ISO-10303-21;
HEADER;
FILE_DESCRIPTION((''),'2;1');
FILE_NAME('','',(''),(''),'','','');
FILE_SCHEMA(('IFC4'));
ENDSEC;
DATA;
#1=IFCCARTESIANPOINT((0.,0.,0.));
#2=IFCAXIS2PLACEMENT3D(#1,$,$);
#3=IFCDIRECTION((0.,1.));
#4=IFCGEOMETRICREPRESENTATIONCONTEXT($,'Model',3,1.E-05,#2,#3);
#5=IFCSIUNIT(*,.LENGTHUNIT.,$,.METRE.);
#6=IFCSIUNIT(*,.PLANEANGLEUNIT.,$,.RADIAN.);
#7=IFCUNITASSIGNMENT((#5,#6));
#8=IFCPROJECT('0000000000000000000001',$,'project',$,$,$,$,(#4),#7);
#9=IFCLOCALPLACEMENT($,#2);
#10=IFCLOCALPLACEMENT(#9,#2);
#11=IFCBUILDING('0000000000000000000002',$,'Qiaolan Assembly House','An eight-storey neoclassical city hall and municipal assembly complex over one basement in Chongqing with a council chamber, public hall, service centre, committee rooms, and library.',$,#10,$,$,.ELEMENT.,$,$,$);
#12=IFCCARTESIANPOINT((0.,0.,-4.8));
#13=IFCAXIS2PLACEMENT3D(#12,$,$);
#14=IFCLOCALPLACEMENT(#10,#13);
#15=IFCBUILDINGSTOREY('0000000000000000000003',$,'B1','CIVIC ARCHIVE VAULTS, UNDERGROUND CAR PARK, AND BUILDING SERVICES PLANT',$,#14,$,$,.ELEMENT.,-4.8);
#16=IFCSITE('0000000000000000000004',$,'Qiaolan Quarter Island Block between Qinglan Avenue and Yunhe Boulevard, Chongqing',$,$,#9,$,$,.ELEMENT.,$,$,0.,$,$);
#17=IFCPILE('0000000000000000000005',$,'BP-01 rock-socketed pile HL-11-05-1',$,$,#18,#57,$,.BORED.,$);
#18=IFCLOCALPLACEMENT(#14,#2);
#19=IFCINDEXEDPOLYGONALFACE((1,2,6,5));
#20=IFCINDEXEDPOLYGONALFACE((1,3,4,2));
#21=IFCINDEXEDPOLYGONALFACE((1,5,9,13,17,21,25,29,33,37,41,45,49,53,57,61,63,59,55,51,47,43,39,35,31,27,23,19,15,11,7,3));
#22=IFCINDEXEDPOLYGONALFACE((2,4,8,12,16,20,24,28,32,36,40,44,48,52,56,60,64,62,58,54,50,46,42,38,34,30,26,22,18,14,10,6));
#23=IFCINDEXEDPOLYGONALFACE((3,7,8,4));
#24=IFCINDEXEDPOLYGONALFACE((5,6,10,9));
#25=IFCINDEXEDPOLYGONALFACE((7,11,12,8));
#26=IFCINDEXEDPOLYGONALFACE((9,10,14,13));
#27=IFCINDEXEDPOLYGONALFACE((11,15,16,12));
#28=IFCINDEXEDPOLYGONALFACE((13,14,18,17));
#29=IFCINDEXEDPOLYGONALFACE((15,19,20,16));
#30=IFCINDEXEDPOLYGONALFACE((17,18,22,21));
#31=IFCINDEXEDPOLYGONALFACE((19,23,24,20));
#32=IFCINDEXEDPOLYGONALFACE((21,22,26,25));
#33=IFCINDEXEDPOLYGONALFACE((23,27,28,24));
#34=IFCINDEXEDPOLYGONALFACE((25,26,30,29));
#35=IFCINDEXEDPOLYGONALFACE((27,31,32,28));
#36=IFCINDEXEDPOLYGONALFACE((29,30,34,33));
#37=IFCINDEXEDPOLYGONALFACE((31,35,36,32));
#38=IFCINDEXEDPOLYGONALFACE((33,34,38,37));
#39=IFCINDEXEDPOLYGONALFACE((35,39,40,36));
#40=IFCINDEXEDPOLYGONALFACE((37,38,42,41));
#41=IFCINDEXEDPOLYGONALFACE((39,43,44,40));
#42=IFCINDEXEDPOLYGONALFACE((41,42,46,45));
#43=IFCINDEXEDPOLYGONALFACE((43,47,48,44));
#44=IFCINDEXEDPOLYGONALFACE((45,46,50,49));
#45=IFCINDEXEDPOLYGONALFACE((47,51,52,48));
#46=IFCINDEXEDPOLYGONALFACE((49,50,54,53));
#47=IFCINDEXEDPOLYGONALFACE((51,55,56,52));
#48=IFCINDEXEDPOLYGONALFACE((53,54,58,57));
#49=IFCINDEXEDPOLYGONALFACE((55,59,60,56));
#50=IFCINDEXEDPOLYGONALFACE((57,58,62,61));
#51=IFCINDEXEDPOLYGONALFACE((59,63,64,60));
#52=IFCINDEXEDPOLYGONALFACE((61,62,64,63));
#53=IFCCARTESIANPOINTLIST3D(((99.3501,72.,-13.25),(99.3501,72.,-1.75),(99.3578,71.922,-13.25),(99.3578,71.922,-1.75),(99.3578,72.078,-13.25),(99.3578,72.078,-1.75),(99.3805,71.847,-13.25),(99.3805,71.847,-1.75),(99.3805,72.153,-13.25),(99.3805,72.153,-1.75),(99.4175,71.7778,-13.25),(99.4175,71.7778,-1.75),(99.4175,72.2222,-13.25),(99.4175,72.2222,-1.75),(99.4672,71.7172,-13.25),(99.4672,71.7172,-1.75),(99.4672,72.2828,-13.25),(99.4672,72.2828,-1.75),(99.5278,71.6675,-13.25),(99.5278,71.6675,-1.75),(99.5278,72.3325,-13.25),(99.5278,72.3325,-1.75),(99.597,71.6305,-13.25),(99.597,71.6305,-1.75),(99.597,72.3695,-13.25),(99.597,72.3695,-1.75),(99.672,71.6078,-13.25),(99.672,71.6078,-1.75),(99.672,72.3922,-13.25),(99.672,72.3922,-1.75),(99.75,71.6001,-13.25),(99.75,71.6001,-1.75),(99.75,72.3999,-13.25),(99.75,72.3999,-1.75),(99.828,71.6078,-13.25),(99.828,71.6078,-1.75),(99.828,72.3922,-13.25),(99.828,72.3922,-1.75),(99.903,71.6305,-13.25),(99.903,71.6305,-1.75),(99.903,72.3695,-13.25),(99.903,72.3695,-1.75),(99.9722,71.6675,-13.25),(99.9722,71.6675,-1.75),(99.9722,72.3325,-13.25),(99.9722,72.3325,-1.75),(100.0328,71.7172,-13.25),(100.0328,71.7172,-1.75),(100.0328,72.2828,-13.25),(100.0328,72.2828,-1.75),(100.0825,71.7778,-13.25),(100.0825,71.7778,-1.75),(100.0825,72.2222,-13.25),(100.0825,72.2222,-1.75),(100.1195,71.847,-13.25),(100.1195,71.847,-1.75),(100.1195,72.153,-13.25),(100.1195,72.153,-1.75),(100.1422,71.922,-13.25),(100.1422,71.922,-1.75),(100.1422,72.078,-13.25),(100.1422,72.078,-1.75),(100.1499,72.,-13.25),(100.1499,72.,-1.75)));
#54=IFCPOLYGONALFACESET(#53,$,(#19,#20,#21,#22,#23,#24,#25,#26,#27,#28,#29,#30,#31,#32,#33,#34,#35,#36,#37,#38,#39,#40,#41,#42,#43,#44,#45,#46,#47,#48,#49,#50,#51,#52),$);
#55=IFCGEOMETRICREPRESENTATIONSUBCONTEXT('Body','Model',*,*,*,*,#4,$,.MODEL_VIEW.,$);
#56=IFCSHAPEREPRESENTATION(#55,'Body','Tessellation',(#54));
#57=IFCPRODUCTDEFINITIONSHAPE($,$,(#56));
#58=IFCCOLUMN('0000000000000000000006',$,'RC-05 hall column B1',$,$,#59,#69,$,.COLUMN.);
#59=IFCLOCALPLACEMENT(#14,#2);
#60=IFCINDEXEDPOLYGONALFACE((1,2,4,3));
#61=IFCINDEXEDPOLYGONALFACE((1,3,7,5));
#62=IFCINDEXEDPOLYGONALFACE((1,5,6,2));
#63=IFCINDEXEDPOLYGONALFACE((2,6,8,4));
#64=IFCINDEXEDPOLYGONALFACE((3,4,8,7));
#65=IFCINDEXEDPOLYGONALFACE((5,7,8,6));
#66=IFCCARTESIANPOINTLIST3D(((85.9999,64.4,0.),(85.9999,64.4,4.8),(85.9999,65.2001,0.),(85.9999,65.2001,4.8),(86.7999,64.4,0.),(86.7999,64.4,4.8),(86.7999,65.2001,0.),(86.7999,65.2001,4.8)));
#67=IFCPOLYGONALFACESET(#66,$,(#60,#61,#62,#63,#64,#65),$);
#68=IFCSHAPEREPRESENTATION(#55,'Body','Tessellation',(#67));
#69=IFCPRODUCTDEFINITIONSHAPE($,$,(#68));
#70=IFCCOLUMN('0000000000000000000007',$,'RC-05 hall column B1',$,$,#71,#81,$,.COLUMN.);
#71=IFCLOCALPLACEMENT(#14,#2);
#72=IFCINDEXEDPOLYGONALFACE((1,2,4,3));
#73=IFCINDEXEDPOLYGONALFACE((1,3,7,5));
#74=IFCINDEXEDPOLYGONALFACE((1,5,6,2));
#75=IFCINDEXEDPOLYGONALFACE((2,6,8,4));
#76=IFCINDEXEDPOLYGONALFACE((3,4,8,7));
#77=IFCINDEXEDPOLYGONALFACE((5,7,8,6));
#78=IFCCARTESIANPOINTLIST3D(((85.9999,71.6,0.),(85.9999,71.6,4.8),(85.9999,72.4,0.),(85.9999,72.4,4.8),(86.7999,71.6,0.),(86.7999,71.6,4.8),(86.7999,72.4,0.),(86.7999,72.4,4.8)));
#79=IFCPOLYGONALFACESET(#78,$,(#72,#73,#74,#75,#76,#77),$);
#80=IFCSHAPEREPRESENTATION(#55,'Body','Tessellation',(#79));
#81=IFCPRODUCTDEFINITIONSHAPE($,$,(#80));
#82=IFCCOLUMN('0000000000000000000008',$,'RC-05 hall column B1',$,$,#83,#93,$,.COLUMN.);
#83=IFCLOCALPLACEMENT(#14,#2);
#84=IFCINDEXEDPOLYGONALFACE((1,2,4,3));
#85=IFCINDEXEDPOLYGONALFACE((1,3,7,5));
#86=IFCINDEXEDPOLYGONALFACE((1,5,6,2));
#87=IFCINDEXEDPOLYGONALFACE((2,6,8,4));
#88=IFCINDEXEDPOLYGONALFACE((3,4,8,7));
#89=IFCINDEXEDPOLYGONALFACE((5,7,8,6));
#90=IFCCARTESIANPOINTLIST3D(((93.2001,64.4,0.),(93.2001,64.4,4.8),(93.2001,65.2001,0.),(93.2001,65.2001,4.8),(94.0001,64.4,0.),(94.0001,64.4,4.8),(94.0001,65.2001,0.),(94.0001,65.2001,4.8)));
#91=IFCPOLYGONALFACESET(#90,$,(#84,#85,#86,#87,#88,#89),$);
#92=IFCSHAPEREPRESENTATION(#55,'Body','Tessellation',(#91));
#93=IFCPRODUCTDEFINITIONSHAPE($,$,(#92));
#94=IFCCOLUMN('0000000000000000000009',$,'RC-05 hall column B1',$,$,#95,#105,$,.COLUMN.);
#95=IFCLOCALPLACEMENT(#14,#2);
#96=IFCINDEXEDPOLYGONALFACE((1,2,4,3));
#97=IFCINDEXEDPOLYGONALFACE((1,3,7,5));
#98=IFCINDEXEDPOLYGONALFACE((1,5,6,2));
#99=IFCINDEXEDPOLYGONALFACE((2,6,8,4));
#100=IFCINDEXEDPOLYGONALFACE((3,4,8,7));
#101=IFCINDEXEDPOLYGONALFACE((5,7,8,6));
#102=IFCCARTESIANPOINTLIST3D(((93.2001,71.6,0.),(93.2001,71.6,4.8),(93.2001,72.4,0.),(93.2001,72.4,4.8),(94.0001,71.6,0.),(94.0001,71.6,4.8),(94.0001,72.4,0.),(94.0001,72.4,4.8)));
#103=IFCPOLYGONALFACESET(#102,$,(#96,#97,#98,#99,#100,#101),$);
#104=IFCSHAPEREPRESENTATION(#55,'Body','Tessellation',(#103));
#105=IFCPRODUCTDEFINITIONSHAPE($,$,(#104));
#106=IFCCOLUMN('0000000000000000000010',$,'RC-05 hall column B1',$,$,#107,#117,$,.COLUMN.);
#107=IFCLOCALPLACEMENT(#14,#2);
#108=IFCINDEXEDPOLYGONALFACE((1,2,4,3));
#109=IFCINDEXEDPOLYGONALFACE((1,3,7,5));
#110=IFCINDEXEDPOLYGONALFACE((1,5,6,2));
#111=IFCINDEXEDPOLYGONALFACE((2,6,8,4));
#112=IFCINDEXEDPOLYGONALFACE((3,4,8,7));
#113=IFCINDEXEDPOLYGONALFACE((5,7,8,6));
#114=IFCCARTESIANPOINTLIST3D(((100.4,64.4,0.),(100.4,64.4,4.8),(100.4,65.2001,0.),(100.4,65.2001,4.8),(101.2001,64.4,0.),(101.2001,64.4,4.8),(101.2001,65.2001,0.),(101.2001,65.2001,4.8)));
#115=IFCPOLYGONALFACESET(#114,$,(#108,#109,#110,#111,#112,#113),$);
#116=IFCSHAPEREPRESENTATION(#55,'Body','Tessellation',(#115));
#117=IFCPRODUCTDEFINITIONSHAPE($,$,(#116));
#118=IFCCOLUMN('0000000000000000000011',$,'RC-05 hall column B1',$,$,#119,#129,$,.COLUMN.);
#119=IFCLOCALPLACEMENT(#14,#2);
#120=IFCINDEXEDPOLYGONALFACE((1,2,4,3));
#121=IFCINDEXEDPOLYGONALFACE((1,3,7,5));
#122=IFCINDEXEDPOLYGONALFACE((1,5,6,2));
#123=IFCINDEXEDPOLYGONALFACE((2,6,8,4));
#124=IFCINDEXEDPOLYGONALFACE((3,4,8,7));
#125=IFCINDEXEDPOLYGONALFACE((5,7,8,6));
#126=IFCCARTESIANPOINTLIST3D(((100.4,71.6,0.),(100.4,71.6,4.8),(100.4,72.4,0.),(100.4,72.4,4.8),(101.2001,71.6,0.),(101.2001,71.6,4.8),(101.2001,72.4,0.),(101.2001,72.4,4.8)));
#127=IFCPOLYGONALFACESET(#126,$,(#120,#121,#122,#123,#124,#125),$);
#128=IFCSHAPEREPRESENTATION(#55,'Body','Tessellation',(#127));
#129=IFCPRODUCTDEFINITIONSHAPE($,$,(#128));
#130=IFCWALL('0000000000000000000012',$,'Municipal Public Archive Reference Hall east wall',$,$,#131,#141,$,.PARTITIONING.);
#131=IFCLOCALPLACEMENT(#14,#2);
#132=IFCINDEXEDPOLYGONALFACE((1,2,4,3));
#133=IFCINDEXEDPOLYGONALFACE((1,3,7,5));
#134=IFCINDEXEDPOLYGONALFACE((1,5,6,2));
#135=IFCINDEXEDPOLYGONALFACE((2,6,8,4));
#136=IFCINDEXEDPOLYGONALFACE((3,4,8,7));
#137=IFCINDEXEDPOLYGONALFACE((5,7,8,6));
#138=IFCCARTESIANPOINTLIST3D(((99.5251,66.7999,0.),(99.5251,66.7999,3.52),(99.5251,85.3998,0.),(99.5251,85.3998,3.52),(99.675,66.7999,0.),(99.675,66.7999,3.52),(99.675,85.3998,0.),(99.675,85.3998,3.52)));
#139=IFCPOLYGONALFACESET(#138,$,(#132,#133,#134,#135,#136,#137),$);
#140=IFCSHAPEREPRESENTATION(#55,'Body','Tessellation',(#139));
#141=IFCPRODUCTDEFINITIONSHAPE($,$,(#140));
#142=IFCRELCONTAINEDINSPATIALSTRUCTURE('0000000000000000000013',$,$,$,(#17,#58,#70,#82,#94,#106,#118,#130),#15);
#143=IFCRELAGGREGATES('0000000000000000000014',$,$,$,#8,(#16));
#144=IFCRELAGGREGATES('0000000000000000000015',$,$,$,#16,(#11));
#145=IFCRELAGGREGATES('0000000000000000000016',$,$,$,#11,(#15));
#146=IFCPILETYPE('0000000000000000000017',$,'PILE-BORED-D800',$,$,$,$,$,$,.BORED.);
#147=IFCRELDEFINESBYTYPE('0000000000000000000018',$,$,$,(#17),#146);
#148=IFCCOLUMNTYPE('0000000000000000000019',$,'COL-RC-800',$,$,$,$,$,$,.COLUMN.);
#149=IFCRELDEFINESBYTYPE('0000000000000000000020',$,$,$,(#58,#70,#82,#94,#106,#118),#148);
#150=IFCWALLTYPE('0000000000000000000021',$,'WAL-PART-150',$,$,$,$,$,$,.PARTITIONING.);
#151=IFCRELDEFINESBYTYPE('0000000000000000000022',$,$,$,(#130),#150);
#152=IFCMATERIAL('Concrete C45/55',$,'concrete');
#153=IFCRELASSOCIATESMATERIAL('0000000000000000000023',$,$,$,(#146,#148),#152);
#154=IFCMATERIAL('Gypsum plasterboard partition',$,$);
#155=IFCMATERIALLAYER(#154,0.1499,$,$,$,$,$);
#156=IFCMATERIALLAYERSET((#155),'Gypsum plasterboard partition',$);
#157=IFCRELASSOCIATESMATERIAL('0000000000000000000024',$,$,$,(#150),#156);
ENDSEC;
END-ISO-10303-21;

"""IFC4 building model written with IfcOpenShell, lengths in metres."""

from ifc_helpers import new_model, si_unit, direction, frame, frame_2d, origin, origin_2d, place, context, subcontext, project, spatial, rectangle, circle, extrude, material, layer, layer_set, material_profile, profile_set, type_object, element, save


model = new_model("IFC4")

# Units and contexts
model_context = context("Model", 3, precision=1e-05, world=origin(), true_north=direction((0.0, 1.0)))
body_context = subcontext(model_context, "Body", "Model", "MODEL_VIEW")
ifc_project = project(units=[si_unit("LENGTHUNIT", "METRE"), si_unit("PLANEANGLEUNIT", "RADIAN")], contexts=[model_context])

# Site, building, storey
site_placement = place(None, origin())
site = spatial("IfcSite", under=ifc_project, at=site_placement, Name="Qiaolan Quarter Island Block between Qinglan Avenue and Yunhe Boulevard, Chongqing", CompositionType="ELEMENT", RefElevation=0.0)
building_placement = place(site_placement, origin())
building = spatial("IfcBuilding", under=site, at=building_placement, Name="Qiaolan Assembly House", Description="An eight-storey neoclassical city hall and municipal assembly complex over one basement in Chongqing with a council chamber, public hall, service centre, committee rooms, and library.", CompositionType="ELEMENT")
storey_placement = place(building_placement, frame((0.0, 0.0, -4.8)))
storey = spatial("IfcBuildingStorey", under=building, at=storey_placement, Name="B1", Description="CIVIC ARCHIVE VAULTS, UNDERGROUND CAR PARK, AND BUILDING SERVICES PLANT", CompositionType="ELEMENT", Elevation=-4.8)

# Pile
ifc_material_1 = material(Name="Concrete C45/55", Category="concrete")
ifc_material_profile_1 = material_profile(ifc_material_1, circle(Radius=0.3999, at=origin_2d()), Name="PILE D800")
ifc_profile_set_1 = profile_set([ifc_material_profile_1], Name="Concrete C45/55")
pile_type = type_object("IfcPileType", Name="PILE-BORED-D800", PredefinedType="BORED", material=ifc_profile_set_1)
for number, where, z_axis, x_axis, name in (
    (1, (99.75, 72.0, -1.75), (0.0, 0.0, -1.0), (1.0, 0.0, 0.0), "BP-01 rock-socketed pile HL-11-05-1"),
):
    element("IfcPile", number, at=place(storey_placement, frame(where, z_axis=z_axis, x_axis=x_axis)), inside=storey, type_object=pile_type, Name=name, PredefinedType="BORED", context=body_context, shape_type="SweptSolid", body=[
        extrude(circle(Radius=0.3999, at=origin_2d()), origin(), (0.0, 0.0, 1.0), 11.5),
    ])

# Columns
ifc_material_profile_2 = material_profile(ifc_material_1, rectangle(XDim=0.8, YDim=0.8, at=origin_2d()), Name="RC 800x800")
ifc_profile_set_2 = profile_set([ifc_material_profile_2], Name="Concrete C45/55")
column_type = type_object("IfcColumnType", Name="COL-RC-800", PredefinedType="COLUMN", material=ifc_profile_set_2)
for number, where, z_axis, x_axis, name in (
    (2, (86.3999, 64.8, 0.0), (0.0, 0.0, 1.0), (1.0, 0.0, 0.0), "RC-05 hall column B1"),
    (3, (86.3999, 72.0, 0.0), (0.0, 0.0, 1.0), (1.0, 0.0, 0.0), "RC-05 hall column B1"),
    (4, (93.6001, 64.8, 0.0), (0.0, 0.0, 1.0), (1.0, 0.0, 0.0), "RC-05 hall column B1"),
    (5, (93.6001, 72.0, 0.0), (0.0, 0.0, 1.0), (1.0, 0.0, 0.0), "RC-05 hall column B1"),
    (6, (100.8, 64.8, 0.0), (0.0, 0.0, 1.0), (1.0, 0.0, 0.0), "RC-05 hall column B1"),
    (7, (100.8, 72.0, 0.0), (0.0, 0.0, 1.0), (1.0, 0.0, 0.0), "RC-05 hall column B1"),
):
    element("IfcColumn", number, at=place(storey_placement, frame(where, z_axis=z_axis, x_axis=x_axis)), inside=storey, type_object=column_type, Name=name, PredefinedType="COLUMN", context=body_context, shape_type="SweptSolid", body=[
        extrude(rectangle(XDim=0.8, YDim=0.8, at=origin_2d()), origin(), (0.0, 0.0, 1.0), 4.8),
    ])

# Wall
ifc_material_2 = material(Name="Gypsum plasterboard partition")
ifc_layer = layer(ifc_material_2, 0.1499)
ifc_layer_set = layer_set([ifc_layer], Name="Gypsum plasterboard partition")
wall_type = type_object("IfcWallType", Name="WAL-PART-150", PredefinedType="PARTITIONING", material=ifc_layer_set)
wall_placement = place(storey_placement, frame((99.6001, 66.8, 0.0), z_axis=(0.0, 0.0, 1.0), x_axis=(0.0, 1.0, 0.0)))
element("IfcWall", 8, at=wall_placement, inside=storey, type_object=wall_type, Name="Municipal Public Archive Reference Hall east wall", PredefinedType="PARTITIONING", context=body_context, shape_type="SweptSolid", body=[
    extrude(rectangle(XDim=18.5999, YDim=0.1499, at=frame_2d((9.2998, 0.0))), origin(), (0.0, 0.0, 1.0), 3.52),
])

save(model, "model.ifc")
